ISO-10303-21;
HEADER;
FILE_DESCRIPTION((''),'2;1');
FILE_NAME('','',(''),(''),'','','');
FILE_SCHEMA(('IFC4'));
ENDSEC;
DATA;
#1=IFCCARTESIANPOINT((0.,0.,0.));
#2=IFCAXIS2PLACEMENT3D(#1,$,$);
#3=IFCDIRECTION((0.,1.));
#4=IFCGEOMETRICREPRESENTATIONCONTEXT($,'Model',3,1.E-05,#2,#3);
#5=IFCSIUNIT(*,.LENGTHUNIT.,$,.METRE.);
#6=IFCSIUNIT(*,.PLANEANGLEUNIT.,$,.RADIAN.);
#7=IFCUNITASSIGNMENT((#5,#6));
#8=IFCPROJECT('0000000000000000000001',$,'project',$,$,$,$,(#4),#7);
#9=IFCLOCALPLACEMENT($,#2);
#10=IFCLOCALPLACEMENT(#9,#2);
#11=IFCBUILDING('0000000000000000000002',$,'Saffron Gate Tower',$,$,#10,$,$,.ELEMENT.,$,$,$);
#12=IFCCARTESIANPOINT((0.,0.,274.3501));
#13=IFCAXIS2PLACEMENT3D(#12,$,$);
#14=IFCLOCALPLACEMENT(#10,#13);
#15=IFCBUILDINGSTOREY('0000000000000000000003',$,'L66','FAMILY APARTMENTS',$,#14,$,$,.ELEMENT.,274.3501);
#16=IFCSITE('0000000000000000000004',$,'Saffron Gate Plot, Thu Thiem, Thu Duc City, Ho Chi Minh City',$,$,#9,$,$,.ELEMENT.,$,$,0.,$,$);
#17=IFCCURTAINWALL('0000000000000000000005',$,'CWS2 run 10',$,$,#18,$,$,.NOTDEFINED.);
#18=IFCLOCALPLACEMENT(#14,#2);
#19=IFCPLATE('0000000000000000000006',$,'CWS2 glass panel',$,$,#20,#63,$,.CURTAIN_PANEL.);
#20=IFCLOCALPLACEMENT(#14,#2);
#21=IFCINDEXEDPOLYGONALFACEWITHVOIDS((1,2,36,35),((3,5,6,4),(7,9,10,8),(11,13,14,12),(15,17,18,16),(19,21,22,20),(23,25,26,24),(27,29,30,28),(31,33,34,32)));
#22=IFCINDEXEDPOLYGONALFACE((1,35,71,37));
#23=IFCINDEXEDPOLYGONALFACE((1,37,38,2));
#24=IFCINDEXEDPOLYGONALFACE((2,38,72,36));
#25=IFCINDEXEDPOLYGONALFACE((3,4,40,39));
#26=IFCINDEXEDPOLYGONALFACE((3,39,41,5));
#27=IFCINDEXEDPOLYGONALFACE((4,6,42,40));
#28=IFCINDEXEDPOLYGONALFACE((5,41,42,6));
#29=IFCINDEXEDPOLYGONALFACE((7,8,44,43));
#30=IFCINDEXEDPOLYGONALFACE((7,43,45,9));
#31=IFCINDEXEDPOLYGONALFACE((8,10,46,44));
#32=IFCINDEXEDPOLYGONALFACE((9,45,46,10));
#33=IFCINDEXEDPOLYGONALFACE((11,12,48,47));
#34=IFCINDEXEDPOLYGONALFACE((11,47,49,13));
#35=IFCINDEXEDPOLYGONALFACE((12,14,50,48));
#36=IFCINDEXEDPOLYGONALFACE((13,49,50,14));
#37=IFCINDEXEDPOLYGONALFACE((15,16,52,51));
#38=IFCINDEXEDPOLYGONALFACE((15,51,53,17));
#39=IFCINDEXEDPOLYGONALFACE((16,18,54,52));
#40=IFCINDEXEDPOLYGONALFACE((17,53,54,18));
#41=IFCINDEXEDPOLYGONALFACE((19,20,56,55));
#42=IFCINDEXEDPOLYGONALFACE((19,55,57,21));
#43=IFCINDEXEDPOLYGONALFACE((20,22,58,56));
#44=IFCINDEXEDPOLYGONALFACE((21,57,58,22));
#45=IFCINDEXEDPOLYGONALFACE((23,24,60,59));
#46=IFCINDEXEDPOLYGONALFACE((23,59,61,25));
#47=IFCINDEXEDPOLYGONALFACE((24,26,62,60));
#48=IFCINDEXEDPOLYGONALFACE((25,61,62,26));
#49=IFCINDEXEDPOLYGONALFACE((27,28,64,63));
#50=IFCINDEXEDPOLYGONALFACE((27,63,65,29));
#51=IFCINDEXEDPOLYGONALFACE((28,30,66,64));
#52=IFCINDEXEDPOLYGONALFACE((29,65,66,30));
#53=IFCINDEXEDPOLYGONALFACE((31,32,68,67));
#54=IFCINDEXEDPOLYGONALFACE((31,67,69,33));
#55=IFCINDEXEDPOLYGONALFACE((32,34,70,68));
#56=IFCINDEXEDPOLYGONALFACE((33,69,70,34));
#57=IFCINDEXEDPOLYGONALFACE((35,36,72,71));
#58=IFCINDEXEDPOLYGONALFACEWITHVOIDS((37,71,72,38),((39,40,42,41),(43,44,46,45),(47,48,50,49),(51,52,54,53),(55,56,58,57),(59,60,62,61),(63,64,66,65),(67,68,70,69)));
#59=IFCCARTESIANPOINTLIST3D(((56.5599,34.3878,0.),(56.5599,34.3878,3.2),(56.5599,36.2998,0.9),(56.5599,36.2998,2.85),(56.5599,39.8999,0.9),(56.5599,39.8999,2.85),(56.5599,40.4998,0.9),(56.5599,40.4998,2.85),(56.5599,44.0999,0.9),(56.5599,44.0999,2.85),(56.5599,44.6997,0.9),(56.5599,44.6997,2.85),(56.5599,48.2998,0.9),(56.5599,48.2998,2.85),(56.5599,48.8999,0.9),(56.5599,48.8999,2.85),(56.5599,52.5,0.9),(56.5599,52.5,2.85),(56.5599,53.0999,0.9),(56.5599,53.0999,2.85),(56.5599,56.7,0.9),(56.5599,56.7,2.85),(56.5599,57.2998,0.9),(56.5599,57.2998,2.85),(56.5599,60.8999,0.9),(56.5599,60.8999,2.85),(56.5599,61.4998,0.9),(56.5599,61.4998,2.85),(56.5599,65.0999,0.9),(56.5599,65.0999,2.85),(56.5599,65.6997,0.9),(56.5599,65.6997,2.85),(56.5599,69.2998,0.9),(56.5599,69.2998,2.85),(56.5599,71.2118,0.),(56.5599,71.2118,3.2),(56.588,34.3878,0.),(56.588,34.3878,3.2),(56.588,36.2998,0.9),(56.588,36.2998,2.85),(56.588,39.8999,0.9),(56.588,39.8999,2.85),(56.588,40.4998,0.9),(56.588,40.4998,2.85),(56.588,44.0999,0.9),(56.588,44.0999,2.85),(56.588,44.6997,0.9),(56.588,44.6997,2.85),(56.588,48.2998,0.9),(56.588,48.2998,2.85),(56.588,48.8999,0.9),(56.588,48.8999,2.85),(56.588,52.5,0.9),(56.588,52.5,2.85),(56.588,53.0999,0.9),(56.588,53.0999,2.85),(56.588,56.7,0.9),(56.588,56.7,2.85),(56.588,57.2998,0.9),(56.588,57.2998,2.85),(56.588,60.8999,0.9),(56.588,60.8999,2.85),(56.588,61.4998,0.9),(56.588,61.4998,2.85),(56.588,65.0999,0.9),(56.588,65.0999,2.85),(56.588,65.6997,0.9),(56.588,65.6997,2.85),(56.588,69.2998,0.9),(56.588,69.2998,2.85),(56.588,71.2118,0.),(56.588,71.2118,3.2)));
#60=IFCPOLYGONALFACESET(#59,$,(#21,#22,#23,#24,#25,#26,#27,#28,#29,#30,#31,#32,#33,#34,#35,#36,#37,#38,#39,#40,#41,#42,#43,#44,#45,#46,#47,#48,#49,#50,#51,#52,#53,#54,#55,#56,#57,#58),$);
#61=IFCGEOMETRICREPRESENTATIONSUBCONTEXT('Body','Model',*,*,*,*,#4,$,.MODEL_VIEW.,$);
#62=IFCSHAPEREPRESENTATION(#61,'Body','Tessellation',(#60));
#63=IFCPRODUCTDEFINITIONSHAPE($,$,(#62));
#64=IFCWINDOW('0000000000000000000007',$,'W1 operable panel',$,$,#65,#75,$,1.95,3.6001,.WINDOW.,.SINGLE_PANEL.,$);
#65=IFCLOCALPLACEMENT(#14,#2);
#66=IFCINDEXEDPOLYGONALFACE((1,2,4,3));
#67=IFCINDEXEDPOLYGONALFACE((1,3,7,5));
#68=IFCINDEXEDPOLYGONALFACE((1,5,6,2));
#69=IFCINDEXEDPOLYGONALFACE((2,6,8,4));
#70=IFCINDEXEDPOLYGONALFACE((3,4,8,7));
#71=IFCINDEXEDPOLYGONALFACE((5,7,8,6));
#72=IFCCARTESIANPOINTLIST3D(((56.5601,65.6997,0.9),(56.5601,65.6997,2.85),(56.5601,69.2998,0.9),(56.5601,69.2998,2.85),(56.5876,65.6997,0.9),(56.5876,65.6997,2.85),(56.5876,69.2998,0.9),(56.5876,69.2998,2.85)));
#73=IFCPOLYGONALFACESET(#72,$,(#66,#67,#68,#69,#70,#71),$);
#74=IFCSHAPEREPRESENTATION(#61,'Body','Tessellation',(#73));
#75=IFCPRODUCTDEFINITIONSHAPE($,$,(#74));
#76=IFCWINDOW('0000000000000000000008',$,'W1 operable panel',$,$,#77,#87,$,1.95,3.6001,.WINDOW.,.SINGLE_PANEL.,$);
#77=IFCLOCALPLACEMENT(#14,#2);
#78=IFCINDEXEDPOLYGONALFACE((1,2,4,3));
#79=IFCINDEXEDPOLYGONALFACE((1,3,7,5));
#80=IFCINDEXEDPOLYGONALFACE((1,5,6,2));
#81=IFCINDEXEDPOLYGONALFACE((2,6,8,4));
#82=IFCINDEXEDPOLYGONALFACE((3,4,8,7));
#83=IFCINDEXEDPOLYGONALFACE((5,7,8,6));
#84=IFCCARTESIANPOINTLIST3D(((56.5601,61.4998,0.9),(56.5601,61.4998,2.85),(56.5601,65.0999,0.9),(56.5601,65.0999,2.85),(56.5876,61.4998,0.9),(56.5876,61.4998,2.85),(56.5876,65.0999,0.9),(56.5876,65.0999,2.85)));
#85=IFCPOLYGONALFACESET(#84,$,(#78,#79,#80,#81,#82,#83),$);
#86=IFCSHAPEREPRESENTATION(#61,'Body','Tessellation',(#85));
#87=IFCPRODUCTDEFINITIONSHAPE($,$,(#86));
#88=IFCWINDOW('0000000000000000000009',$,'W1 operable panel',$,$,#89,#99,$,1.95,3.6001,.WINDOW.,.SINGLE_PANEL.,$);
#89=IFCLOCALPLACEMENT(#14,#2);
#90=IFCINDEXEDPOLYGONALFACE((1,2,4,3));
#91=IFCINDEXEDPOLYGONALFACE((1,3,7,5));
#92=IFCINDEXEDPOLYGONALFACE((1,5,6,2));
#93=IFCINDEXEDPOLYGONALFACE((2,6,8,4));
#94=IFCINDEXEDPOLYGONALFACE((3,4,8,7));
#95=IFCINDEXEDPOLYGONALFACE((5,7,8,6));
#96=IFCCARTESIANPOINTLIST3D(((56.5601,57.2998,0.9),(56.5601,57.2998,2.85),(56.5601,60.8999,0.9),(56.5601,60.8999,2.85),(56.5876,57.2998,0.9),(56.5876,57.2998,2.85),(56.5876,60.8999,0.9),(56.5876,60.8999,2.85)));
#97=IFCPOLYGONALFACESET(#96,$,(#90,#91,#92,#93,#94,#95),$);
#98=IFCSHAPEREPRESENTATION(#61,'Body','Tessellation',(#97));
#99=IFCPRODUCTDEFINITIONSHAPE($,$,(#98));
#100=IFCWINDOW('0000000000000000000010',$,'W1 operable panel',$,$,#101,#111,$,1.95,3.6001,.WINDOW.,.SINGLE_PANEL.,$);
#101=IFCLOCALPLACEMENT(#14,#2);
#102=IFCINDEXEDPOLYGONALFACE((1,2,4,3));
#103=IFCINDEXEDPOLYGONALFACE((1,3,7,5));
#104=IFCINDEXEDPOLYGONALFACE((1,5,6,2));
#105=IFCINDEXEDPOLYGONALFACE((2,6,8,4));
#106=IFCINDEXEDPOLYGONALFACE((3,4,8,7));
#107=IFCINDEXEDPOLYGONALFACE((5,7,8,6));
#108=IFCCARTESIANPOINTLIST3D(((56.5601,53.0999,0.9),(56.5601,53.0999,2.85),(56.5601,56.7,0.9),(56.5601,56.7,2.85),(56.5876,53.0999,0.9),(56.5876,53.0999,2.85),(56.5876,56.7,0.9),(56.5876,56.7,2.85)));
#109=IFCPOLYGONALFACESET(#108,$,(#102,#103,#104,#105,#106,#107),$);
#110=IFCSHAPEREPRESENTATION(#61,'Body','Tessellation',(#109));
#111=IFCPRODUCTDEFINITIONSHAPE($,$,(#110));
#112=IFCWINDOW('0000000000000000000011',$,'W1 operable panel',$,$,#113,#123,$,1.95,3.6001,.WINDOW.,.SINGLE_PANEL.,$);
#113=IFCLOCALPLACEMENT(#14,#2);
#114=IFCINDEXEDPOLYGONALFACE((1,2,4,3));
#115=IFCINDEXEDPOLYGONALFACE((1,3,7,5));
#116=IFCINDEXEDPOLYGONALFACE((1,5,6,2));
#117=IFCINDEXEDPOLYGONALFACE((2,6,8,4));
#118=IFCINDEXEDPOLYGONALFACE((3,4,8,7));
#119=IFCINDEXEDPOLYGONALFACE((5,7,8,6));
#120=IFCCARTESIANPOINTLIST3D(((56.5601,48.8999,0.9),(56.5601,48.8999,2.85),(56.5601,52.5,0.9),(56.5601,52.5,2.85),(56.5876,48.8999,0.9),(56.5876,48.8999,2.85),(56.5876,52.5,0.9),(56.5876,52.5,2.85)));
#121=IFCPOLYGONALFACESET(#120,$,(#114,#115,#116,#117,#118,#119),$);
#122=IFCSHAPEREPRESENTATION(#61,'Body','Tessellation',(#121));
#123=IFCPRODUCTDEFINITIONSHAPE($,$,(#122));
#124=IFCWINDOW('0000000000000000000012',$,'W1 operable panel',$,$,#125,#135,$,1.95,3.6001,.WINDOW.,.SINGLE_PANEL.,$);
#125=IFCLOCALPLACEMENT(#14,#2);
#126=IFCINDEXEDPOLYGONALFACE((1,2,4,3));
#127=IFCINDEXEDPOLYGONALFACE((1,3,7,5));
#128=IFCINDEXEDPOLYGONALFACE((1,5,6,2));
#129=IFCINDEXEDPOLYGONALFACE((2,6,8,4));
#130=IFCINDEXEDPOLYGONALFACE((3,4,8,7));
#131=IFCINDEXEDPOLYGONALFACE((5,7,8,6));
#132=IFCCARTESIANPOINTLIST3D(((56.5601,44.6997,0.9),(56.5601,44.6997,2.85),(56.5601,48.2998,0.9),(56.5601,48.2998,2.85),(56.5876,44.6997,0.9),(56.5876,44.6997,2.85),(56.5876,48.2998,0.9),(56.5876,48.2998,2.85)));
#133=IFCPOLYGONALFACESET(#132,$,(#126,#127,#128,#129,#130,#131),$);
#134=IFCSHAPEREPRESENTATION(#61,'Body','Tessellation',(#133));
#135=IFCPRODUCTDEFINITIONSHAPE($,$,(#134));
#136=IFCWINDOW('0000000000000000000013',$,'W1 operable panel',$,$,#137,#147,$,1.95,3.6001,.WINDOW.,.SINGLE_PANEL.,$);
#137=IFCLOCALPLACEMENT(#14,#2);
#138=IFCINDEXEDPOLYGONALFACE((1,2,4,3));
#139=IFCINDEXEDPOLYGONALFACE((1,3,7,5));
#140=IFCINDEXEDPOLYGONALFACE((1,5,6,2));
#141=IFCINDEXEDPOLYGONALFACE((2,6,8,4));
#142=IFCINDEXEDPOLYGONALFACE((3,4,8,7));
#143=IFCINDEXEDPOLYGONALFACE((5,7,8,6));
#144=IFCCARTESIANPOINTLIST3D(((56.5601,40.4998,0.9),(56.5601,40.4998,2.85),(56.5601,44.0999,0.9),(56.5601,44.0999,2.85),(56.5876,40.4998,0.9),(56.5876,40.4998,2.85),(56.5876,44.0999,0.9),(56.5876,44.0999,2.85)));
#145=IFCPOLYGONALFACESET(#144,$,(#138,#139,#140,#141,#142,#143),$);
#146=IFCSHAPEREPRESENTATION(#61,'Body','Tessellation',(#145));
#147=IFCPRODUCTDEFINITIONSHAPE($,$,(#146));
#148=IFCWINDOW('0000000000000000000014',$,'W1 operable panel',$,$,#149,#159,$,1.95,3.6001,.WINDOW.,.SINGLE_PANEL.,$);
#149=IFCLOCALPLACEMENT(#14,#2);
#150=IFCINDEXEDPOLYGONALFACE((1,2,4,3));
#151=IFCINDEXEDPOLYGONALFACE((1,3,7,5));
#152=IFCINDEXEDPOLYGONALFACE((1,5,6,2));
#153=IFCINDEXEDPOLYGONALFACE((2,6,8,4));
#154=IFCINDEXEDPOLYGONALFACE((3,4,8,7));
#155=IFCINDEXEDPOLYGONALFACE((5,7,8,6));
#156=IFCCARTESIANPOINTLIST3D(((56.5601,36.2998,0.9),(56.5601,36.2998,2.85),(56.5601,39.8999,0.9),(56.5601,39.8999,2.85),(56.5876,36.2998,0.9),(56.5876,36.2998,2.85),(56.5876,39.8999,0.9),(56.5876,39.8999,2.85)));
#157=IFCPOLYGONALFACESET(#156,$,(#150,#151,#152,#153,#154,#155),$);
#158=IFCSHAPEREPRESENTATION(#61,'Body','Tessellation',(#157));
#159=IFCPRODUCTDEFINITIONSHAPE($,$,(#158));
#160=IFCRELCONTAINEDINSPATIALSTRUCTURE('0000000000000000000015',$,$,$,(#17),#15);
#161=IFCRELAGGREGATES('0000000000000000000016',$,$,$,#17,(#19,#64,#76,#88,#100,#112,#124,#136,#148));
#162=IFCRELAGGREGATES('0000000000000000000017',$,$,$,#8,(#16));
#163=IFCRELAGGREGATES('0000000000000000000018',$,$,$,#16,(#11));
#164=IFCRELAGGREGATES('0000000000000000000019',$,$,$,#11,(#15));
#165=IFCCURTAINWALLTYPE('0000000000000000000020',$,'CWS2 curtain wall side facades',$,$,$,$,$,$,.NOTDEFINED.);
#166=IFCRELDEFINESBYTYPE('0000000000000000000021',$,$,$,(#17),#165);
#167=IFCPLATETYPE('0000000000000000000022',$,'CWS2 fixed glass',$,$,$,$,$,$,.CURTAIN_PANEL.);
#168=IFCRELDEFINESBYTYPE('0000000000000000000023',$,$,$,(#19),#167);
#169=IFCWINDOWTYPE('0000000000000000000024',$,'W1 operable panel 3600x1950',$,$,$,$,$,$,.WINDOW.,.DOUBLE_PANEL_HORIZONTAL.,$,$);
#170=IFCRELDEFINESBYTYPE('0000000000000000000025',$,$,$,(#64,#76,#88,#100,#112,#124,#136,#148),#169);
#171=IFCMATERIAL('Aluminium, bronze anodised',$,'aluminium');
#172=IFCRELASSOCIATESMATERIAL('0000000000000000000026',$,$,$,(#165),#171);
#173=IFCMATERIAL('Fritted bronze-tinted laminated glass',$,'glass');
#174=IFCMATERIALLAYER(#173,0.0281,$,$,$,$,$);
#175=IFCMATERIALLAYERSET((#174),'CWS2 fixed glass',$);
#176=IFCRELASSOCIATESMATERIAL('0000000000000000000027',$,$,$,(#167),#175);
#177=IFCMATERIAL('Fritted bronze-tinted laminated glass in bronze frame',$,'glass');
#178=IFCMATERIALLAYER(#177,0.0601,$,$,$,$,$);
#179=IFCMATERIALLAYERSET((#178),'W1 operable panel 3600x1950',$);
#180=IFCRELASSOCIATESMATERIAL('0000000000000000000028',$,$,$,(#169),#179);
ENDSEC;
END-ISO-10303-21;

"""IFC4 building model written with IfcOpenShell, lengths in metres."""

from ifc_helpers import new_model, si_unit, direction, frame, frame_2d, origin, place, context, subcontext, project, spatial, rectangle, extrude, material, layer, layer_set, type_object, element, fill, aggregate, save


model = new_model("IFC4")

# Units and contexts
model_context = context("Model", 3, precision=1e-05, world=origin(), true_north=direction((0.0, 1.0)))
body_context = subcontext(model_context, "Body", "Model", "MODEL_VIEW")
ifc_project = project(units=[si_unit("LENGTHUNIT", "METRE"), si_unit("PLANEANGLEUNIT", "RADIAN")], contexts=[model_context])

# Site, building, storey
site_placement = place(None, origin())
site = spatial("IfcSite", under=ifc_project, at=site_placement, Name="Saffron Gate Plot, Thu Thiem, Thu Duc City, Ho Chi Minh City", CompositionType="ELEMENT", RefElevation=0.0)
building_placement = place(site_placement, origin())
building = spatial("IfcBuilding", under=site, at=building_placement, Name="Saffron Gate Tower", CompositionType="ELEMENT")
storey_placement = place(building_placement, frame((0.0, 0.0, 274.3501)))
storey = spatial("IfcBuildingStorey", under=building, at=storey_placement, Name="L66", Description="FAMILY APARTMENTS", CompositionType="ELEMENT", Elevation=274.3501)

# Curtain wall
ifc_material_1 = material(Name="Aluminium, bronze anodised", Category="aluminium")
curtain_wall_type_1 = type_object("IfcCurtainWallType", Name="CWS2 curtain wall side facades", PredefinedType="NOTDEFINED", material=ifc_material_1)
curtain_wall_1_placement = place(storey_placement, origin())
curtain_wall_1 = element("IfcCurtainWall", 1, at=curtain_wall_1_placement, inside=storey, type_object=curtain_wall_type_1, Name="CWS2 run 10", PredefinedType="NOTDEFINED")

# Plate, openings, windows
ifc_material_2 = material(Name="Fritted bronze-tinted laminated glass", Category="glass")
ifc_layer_1 = layer(ifc_material_2, 0.0281)
ifc_layer_set_1 = layer_set([ifc_layer_1], Name="CWS2 fixed glass")
plate_type = type_object("IfcPlateType", Name="CWS2 fixed glass", PredefinedType="CURTAIN_PANEL", material=ifc_layer_set_1)
plate_placement = place(storey_placement, frame((56.574, 71.2119, 0.0), z_axis=(0.0, 0.0, 1.0), x_axis=(0.0, -1.0, 0.0)))
plate = element("IfcPlate", 2, at=plate_placement, type_object=plate_type, Name="CWS2 glass panel", PredefinedType="CURTAIN_PANEL", context=body_context, shape_type="SweptSolid", body=[
    extrude(rectangle(XDim=36.824, YDim=0.0281, at=frame_2d((18.4121, 0.0))), origin(), (0.0, 0.0, 1.0), 3.2),
])
opening_1_placement = place(plate_placement, frame((1.9121, 0.0, 0.8999)))
opening_1 = element("IfcOpeningElement", 3, at=opening_1_placement, cuts=plate, PredefinedType="OPENING", context=body_context, shape_type="SweptSolid", body=[
    extrude(rectangle(XDim=3.6001, YDim=1.95, at=frame_2d((1.8, 0.9751))), frame((0.0, 0.0239, 0.0), z_axis=(0.0, -1.0, 0.0), x_axis=(1.0, 0.0, 0.0)), (0.0, 0.0, 1.0), 0.0481),
])
opening_2_placement = place(plate_placement, frame((6.1121, 0.0, 0.8999)))
opening_2 = element("IfcOpeningElement", 4, at=opening_2_placement, cuts=plate, PredefinedType="OPENING", context=body_context, shape_type="SweptSolid", body=[
    extrude(rectangle(XDim=3.6001, YDim=1.95, at=frame_2d((1.8, 0.9751))), frame((0.0, 0.0239, 0.0), z_axis=(0.0, -1.0, 0.0), x_axis=(1.0, 0.0, 0.0)), (0.0, 0.0, 1.0), 0.0481),
])
opening_3_placement = place(plate_placement, frame((10.312, 0.0, 0.8999)))
opening_3 = element("IfcOpeningElement", 5, at=opening_3_placement, cuts=plate, PredefinedType="OPENING", context=body_context, shape_type="SweptSolid", body=[
    extrude(rectangle(XDim=3.6001, YDim=1.95, at=frame_2d((1.8, 0.9751))), frame((0.0, 0.0239, 0.0), z_axis=(0.0, -1.0, 0.0), x_axis=(1.0, 0.0, 0.0)), (0.0, 0.0, 1.0), 0.0481),
])
opening_4_placement = place(plate_placement, frame((14.512, 0.0, 0.8999)))
opening_4 = element("IfcOpeningElement", 6, at=opening_4_placement, cuts=plate, PredefinedType="OPENING", context=body_context, shape_type="SweptSolid", body=[
    extrude(rectangle(XDim=3.6001, YDim=1.95, at=frame_2d((1.8, 0.9751))), frame((0.0, 0.0239, 0.0), z_axis=(0.0, -1.0, 0.0), x_axis=(1.0, 0.0, 0.0)), (0.0, 0.0, 1.0), 0.0481),
])
opening_5_placement = place(plate_placement, frame((18.7119, 0.0, 0.8999)))
opening_5 = element("IfcOpeningElement", 7, at=opening_5_placement, cuts=plate, PredefinedType="OPENING", context=body_context, shape_type="SweptSolid", body=[
    extrude(rectangle(XDim=3.6001, YDim=1.95, at=frame_2d((1.8, 0.9751))), frame((0.0, 0.0239, 0.0), z_axis=(0.0, -1.0, 0.0), x_axis=(1.0, 0.0, 0.0)), (0.0, 0.0, 1.0), 0.0481),
])
opening_6_placement = place(plate_placement, frame((22.9121, 0.0, 0.8999)))
opening_6 = element("IfcOpeningElement", 8, at=opening_6_placement, cuts=plate, PredefinedType="OPENING", context=body_context, shape_type="SweptSolid", body=[
    extrude(rectangle(XDim=3.6001, YDim=1.95, at=frame_2d((1.8, 0.9751))), frame((0.0, 0.0239, 0.0), z_axis=(0.0, -1.0, 0.0), x_axis=(1.0, 0.0, 0.0)), (0.0, 0.0, 1.0), 0.0481),
])
opening_7_placement = place(plate_placement, frame((27.1121, 0.0, 0.8999)))
opening_7 = element("IfcOpeningElement", 9, at=opening_7_placement, cuts=plate, PredefinedType="OPENING", context=body_context, shape_type="SweptSolid", body=[
    extrude(rectangle(XDim=3.6001, YDim=1.95, at=frame_2d((1.8, 0.9751))), frame((0.0, 0.0239, 0.0), z_axis=(0.0, -1.0, 0.0), x_axis=(1.0, 0.0, 0.0)), (0.0, 0.0, 1.0), 0.0481),
])
opening_8_placement = place(plate_placement, frame((31.312, 0.0, 0.8999)))
opening_8 = element("IfcOpeningElement", 10, at=opening_8_placement, cuts=plate, PredefinedType="OPENING", context=body_context, shape_type="SweptSolid", body=[
    extrude(rectangle(XDim=3.6001, YDim=1.95, at=frame_2d((1.8, 0.9751))), frame((0.0, 0.0239, 0.0), z_axis=(0.0, -1.0, 0.0), x_axis=(1.0, 0.0, 0.0)), (0.0, 0.0, 1.0), 0.0481),
])
ifc_material_3 = material(Name="Fritted bronze-tinted laminated glass in bronze frame", Category="glass")
ifc_layer_2 = layer(ifc_material_3, 0.0601)
ifc_layer_set_2 = layer_set([ifc_layer_2], Name="W1 operable panel 3600x1950")
window_type = type_object("IfcWindowType", Name="W1 operable panel 3600x1950", PartitioningType="DOUBLE_PANEL_HORIZONTAL", PredefinedType="WINDOW", material=ifc_layer_set_2)
window_1_placement = place(opening_1_placement, origin())
window_1 = element("IfcWindow", 11, at=window_1_placement, type_object=window_type, Name="W1 operable panel", OverallHeight=1.95, OverallWidth=3.6001, PartitioningType="SINGLE_PANEL", PredefinedType="WINDOW", context=body_context, shape_type="SweptSolid", body=[
    extrude(rectangle(XDim=3.6001, YDim=1.95, at=frame_2d((1.8, 0.9751))), frame((0.0, 0.0137, 0.0), z_axis=(0.0, -1.0, 0.0), x_axis=(1.0, 0.0, 0.0)), (0.0, 0.0, 1.0), 0.0276),
])
fill(opening_1, window_1)
window_2_placement = place(opening_2_placement, origin())
window_2 = element("IfcWindow", 12, at=window_2_placement, type_object=window_type, Name="W1 operable panel", OverallHeight=1.95, OverallWidth=3.6001, PartitioningType="SINGLE_PANEL", PredefinedType="WINDOW", context=body_context, shape_type="SweptSolid", body=[
    extrude(rectangle(XDim=3.6001, YDim=1.95, at=frame_2d((1.8, 0.9751))), frame((0.0, 0.0137, 0.0), z_axis=(0.0, -1.0, 0.0), x_axis=(1.0, 0.0, 0.0)), (0.0, 0.0, 1.0), 0.0276),
])
fill(opening_2, window_2)
window_3_placement = place(opening_3_placement, origin())
window_3 = element("IfcWindow", 13, at=window_3_placement, type_object=window_type, Name="W1 operable panel", OverallHeight=1.95, OverallWidth=3.6001, PartitioningType="SINGLE_PANEL", PredefinedType="WINDOW", context=body_context, shape_type="SweptSolid", body=[
    extrude(rectangle(XDim=3.6001, YDim=1.95, at=frame_2d((1.8, 0.9751))), frame((0.0, 0.0137, 0.0), z_axis=(0.0, -1.0, 0.0), x_axis=(1.0, 0.0, 0.0)), (0.0, 0.0, 1.0), 0.0276),
])
fill(opening_3, window_3)
window_4_placement = place(opening_4_placement, origin())
window_4 = element("IfcWindow", 14, at=window_4_placement, type_object=window_type, Name="W1 operable panel", OverallHeight=1.95, OverallWidth=3.6001, PartitioningType="SINGLE_PANEL", PredefinedType="WINDOW", context=body_context, shape_type="SweptSolid", body=[
    extrude(rectangle(XDim=3.6001, YDim=1.95, at=frame_2d((1.8, 0.9751))), frame((0.0, 0.0137, 0.0), z_axis=(0.0, -1.0, 0.0), x_axis=(1.0, 0.0, 0.0)), (0.0, 0.0, 1.0), 0.0276),
])
fill(opening_4, window_4)
window_5_placement = place(opening_5_placement, origin())
window_5 = element("IfcWindow", 15, at=window_5_placement, type_object=window_type, Name="W1 operable panel", OverallHeight=1.95, OverallWidth=3.6001, PartitioningType="SINGLE_PANEL", PredefinedType="WINDOW", context=body_context, shape_type="SweptSolid", body=[
    extrude(rectangle(XDim=3.6001, YDim=1.95, at=frame_2d((1.8, 0.9751))), frame((0.0, 0.0137, 0.0), z_axis=(0.0, -1.0, 0.0), x_axis=(1.0, 0.0, 0.0)), (0.0, 0.0, 1.0), 0.0276),
])
fill(opening_5, window_5)
window_6_placement = place(opening_6_placement, origin())
window_6 = element("IfcWindow", 16, at=window_6_placement, type_object=window_type, Name="W1 operable panel", OverallHeight=1.95, OverallWidth=3.6001, PartitioningType="SINGLE_PANEL", PredefinedType="WINDOW", context=body_context, shape_type="SweptSolid", body=[
    extrude(rectangle(XDim=3.6001, YDim=1.95, at=frame_2d((1.8, 0.9751))), frame((0.0, 0.0137, 0.0), z_axis=(0.0, -1.0, 0.0), x_axis=(1.0, 0.0, 0.0)), (0.0, 0.0, 1.0), 0.0276),
])
fill(opening_6, window_6)
window_7_placement = place(opening_7_placement, origin())
window_7 = element("IfcWindow", 17, at=window_7_placement, type_object=window_type, Name="W1 operable panel", OverallHeight=1.95, OverallWidth=3.6001, PartitioningType="SINGLE_PANEL", PredefinedType="WINDOW", context=body_context, shape_type="SweptSolid", body=[
    extrude(rectangle(XDim=3.6001, YDim=1.95, at=frame_2d((1.8, 0.9751))), frame((0.0, 0.0137, 0.0), z_axis=(0.0, -1.0, 0.0), x_axis=(1.0, 0.0, 0.0)), (0.0, 0.0, 1.0), 0.0276),
])
fill(opening_7, window_7)
window_8_placement = place(opening_8_placement, origin())
window_8 = element("IfcWindow", 18, at=window_8_placement, type_object=window_type, Name="W1 operable panel", OverallHeight=1.95, OverallWidth=3.6001, PartitioningType="SINGLE_PANEL", PredefinedType="WINDOW", context=body_context, shape_type="SweptSolid", body=[
    extrude(rectangle(XDim=3.6001, YDim=1.95, at=frame_2d((1.8, 0.9751))), frame((0.0, 0.0137, 0.0), z_axis=(0.0, -1.0, 0.0), x_axis=(1.0, 0.0, 0.0)), (0.0, 0.0, 1.0), 0.0276),
])
fill(opening_8, window_8)
aggregate(curtain_wall_1, [plate, window_1, window_2, window_3, window_4, window_5, window_6, window_7, window_8])

save(model, "model.ifc")
